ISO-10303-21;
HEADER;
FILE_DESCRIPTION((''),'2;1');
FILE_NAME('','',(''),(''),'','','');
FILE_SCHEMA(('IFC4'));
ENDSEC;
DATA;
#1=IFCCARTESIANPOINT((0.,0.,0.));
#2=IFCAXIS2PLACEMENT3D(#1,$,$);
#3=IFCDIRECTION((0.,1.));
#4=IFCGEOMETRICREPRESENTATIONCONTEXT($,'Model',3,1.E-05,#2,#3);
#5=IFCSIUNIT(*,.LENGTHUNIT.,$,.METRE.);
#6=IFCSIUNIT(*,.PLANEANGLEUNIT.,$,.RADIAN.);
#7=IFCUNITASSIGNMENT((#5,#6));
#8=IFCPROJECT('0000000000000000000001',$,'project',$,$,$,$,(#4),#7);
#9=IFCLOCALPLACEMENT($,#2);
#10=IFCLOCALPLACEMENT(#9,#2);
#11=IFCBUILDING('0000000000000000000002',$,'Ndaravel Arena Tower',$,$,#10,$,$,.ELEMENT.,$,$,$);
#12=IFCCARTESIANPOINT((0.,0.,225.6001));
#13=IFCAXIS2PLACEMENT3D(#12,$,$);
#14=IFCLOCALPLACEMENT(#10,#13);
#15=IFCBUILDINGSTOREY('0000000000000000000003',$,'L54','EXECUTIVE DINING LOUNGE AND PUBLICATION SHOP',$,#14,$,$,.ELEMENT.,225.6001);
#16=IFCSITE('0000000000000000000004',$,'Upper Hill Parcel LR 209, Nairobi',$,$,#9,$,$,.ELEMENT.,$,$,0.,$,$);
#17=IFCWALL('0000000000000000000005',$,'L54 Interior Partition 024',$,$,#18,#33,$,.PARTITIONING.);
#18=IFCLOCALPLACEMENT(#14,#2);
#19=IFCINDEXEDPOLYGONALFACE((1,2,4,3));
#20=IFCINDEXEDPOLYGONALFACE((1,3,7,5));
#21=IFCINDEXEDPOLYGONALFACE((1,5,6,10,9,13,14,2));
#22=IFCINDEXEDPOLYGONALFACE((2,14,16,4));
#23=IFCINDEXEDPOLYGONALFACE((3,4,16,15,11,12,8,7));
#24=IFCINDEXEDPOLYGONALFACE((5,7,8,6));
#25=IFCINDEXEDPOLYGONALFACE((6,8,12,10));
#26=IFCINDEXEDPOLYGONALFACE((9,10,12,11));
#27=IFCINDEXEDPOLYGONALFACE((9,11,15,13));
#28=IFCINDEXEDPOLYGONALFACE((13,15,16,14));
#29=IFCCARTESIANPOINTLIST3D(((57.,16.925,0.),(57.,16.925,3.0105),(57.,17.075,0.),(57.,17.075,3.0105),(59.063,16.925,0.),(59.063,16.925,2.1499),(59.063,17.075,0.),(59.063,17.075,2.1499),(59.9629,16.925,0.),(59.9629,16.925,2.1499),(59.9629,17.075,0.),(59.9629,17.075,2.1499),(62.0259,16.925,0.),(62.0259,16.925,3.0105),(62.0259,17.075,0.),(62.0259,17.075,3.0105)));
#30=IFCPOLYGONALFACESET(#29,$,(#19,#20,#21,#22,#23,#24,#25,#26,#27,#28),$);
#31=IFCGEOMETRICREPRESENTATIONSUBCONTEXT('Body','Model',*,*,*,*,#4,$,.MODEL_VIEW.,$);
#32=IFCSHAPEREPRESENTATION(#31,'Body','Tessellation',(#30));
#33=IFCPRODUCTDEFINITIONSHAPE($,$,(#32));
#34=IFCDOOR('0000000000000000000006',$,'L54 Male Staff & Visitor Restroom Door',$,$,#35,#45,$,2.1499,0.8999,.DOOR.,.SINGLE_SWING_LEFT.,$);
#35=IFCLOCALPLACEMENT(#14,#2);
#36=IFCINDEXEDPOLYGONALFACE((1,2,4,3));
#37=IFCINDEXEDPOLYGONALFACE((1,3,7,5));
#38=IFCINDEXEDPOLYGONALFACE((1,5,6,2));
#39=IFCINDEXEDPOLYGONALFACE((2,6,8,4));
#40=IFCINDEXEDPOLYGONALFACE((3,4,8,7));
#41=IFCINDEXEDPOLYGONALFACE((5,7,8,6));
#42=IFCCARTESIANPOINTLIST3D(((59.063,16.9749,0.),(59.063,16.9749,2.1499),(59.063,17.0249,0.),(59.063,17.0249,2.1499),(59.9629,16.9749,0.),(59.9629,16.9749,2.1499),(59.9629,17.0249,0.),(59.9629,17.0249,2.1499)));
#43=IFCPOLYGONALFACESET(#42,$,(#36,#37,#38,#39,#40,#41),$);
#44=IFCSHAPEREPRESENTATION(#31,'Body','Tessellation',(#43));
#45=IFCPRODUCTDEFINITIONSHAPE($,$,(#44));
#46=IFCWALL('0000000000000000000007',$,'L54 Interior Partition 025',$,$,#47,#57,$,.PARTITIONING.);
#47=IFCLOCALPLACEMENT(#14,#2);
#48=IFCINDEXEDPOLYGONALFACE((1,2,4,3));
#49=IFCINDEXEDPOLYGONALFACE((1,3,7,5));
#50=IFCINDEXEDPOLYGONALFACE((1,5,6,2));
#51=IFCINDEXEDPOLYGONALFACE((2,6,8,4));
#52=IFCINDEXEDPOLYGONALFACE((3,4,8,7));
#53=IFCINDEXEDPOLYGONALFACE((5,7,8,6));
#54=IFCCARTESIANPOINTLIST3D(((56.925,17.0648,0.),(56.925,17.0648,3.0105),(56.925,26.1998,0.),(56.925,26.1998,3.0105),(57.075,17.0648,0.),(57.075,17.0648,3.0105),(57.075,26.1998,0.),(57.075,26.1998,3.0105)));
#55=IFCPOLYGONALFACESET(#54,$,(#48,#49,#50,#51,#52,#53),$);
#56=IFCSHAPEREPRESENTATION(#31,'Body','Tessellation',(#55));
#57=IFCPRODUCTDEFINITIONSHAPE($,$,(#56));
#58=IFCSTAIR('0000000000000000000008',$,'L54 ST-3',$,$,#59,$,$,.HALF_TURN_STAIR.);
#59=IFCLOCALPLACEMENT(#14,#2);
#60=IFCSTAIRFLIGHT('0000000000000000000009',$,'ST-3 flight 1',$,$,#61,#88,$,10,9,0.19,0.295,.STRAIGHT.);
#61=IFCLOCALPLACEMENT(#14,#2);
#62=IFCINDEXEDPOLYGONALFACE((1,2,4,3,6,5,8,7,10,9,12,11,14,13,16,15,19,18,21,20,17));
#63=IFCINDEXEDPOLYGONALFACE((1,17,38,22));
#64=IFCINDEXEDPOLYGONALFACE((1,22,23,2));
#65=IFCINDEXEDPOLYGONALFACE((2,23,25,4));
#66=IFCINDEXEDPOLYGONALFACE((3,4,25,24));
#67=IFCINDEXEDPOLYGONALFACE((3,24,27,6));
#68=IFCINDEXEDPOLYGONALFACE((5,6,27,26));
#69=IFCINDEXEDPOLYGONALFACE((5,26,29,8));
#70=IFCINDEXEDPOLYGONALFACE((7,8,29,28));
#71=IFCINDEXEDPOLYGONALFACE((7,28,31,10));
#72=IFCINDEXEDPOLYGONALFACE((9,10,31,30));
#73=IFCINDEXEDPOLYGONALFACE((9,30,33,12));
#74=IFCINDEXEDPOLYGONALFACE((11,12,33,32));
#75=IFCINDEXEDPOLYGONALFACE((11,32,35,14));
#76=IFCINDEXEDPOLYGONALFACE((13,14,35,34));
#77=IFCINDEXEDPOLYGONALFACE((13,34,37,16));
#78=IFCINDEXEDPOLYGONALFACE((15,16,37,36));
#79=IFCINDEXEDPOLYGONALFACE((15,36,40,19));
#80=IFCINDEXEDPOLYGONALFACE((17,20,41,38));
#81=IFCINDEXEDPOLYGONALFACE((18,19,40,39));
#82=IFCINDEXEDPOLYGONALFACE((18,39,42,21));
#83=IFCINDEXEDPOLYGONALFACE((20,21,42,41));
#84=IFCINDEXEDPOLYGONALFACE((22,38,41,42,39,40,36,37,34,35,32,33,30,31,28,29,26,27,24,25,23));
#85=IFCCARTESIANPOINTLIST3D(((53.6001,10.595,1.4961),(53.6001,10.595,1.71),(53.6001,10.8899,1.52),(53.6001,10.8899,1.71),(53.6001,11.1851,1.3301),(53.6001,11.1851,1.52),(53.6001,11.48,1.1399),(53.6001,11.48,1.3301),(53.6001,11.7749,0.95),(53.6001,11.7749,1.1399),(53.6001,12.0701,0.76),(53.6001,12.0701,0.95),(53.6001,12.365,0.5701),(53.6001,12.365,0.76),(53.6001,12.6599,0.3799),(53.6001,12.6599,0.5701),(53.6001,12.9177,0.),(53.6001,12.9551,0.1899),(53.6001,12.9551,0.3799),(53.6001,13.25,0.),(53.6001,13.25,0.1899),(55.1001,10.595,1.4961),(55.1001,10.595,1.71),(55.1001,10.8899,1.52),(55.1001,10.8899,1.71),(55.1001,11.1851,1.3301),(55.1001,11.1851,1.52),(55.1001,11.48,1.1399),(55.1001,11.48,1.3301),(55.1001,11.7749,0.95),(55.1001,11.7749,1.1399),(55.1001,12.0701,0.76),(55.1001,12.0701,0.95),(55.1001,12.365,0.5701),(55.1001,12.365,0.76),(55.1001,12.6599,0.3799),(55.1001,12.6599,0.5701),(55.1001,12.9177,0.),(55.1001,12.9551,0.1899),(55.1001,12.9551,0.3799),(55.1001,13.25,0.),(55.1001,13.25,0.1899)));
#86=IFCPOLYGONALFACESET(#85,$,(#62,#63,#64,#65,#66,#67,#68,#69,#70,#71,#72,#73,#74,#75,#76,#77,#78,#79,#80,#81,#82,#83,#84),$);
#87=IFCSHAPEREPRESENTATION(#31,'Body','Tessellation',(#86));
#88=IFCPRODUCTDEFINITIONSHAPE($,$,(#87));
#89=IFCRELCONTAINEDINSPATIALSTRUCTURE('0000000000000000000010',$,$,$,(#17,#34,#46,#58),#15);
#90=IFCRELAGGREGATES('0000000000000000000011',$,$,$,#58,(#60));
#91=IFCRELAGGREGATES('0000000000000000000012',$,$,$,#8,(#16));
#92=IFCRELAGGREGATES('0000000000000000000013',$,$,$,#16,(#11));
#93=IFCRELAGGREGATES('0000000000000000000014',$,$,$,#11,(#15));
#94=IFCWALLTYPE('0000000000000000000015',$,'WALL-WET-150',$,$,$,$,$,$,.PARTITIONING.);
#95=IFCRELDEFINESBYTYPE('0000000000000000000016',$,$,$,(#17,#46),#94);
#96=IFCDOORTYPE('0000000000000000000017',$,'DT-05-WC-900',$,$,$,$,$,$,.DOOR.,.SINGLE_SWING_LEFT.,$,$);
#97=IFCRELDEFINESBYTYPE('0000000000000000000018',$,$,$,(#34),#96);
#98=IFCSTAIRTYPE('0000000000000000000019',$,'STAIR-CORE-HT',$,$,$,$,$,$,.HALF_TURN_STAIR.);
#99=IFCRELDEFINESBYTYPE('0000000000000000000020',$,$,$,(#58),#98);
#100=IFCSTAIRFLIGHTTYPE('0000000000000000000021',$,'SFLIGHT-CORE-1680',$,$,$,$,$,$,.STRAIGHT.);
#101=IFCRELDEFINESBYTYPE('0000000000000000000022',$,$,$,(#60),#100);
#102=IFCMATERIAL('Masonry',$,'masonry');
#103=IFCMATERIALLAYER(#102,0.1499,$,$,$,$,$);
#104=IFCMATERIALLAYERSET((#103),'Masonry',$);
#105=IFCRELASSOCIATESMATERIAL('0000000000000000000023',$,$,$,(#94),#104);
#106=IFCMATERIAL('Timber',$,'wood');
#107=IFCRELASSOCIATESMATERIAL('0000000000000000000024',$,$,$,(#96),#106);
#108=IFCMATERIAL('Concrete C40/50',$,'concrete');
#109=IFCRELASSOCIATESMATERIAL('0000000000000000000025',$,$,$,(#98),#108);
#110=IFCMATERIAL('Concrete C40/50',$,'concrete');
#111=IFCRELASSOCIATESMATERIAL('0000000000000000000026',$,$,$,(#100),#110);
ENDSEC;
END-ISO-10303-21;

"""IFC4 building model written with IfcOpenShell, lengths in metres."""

from ifc_helpers import new_model, si_unit, direction, frame, frame_2d, origin, place, context, subcontext, project, spatial, polyline, rectangle, outline, extrude, material, layer, layer_set, type_object, element, fill, aggregate, save


model = new_model("IFC4")

# Units and contexts
model_context = context("Model", 3, precision=1e-05, world=origin(), true_north=direction((0.0, 1.0)))
body_context = subcontext(model_context, "Body", "Model", "MODEL_VIEW")
ifc_project = project(units=[si_unit("LENGTHUNIT", "METRE"), si_unit("PLANEANGLEUNIT", "RADIAN")], contexts=[model_context])

# Site, building, storey
site_placement = place(None, origin())
site = spatial("IfcSite", under=ifc_project, at=site_placement, Name="Upper Hill Parcel LR 209, Nairobi", CompositionType="ELEMENT", RefElevation=0.0)
building_placement = place(site_placement, origin())
building = spatial("IfcBuilding", under=site, at=building_placement, Name="Ndaravel Arena Tower", CompositionType="ELEMENT")
storey_placement = place(building_placement, frame((0.0, 0.0, 225.6001)))
storey = spatial("IfcBuildingStorey", under=building, at=storey_placement, Name="L54", Description="EXECUTIVE DINING LOUNGE AND PUBLICATION SHOP", CompositionType="ELEMENT", Elevation=225.6001)

# Wall, opening, door
ifc_material_1 = material(Name="Masonry", Category="masonry")
ifc_layer_1 = layer(ifc_material_1, 0.1499)
ifc_layer_set_1 = layer_set([ifc_layer_1], Name="Masonry")
wall_type_1 = type_object("IfcWallType", Name="WALL-WET-150", PredefinedType="PARTITIONING", material=ifc_layer_set_1)
wall_1_placement = place(storey_placement, frame((57.0, 17.0, 0.0), z_axis=(0.0, 0.0, 1.0), x_axis=(1.0, 0.0, 0.0)))
wall_1 = element("IfcWall", 1, at=wall_1_placement, inside=storey, type_object=wall_type_1, Name="L54 Interior Partition 024", PredefinedType="PARTITIONING", context=body_context, shape_type="SweptSolid", body=[
    extrude(rectangle(XDim=5.0259, YDim=0.1499, at=frame_2d((2.5129, 0.0))), origin(), (0.0, 0.0, 1.0), 3.0105),
])
opening_1_placement = place(wall_1_placement, frame((2.063, 0.0, 0.0)))
opening_1 = element("IfcOpeningElement", 2, at=opening_1_placement, cuts=wall_1, PredefinedType="OPENING", context=body_context, shape_type="SweptSolid", body=[
    extrude(rectangle(XDim=0.8999, YDim=2.1499, at=frame_2d((0.45, 1.075))), frame((0.0, 0.075, 0.0), z_axis=(0.0, -1.0, 0.0), x_axis=(1.0, 0.0, 0.0)), (0.0, 0.0, 1.0), 0.1499),
])
ifc_material_2 = material(Name="Timber", Category="wood")
door_type_1 = type_object("IfcDoorType", Name="DT-05-WC-900", OperationType="SINGLE_SWING_LEFT", PredefinedType="DOOR", material=ifc_material_2)
door_1_placement = place(opening_1_placement, origin())
door_1 = element("IfcDoor", 3, at=door_1_placement, inside=storey, type_object=door_type_1, Name="L54 Male Staff & Visitor Restroom Door", OperationType="SINGLE_SWING_LEFT", OverallHeight=2.1499, OverallWidth=0.8999, PredefinedType="DOOR", context=body_context, shape_type="SweptSolid", body=[
    extrude(rectangle(XDim=0.8999, YDim=2.1499, at=frame_2d((0.45, 1.075))), frame((0.0, 0.0249, 0.0), z_axis=(0.0, -1.0, 0.0), x_axis=(1.0, 0.0, 0.0)), (0.0, 0.0, 1.0), 0.05),
])
fill(opening_1, door_1)

# Wall
wall_2_placement = place(storey_placement, frame((57.0, 17.0649, 0.0), z_axis=(0.0, 0.0, 1.0), x_axis=(0.0, 1.0, 0.0)))
element("IfcWall", 4, at=wall_2_placement, inside=storey, type_object=wall_type_1, Name="L54 Interior Partition 025", PredefinedType="PARTITIONING", context=body_context, shape_type="SweptSolid", body=[
    extrude(rectangle(XDim=9.135, YDim=0.1499, at=frame_2d((4.5674, 0.0))), origin(), (0.0, 0.0, 1.0), 3.0105),
])

# Stair, stair flight
ifc_material_3 = material(Name="Concrete C40/50", Category="concrete")
stair_type = type_object("IfcStairType", Name="STAIR-CORE-HT", PredefinedType="HALF_TURN_STAIR", material=ifc_material_3)
stair_placement = place(storey_placement, origin())
stair = element("IfcStair", 5, at=stair_placement, inside=storey, type_object=stair_type, Name="L54 ST-3", PredefinedType="HALF_TURN_STAIR")
ifc_material_4 = material(Name="Concrete C40/50", Category="concrete")
stair_flight_type = type_object("IfcStairFlightType", Name="SFLIGHT-CORE-1680", PredefinedType="STRAIGHT", material=ifc_material_4)
stair_flight_placement = place(storey_placement, frame((54.3501, 13.25, 0.0), z_axis=(0.0, 0.0, 1.0), x_axis=(0.0, -1.0, 0.0)))
stair_flight = element("IfcStairFlight", 6, at=stair_flight_placement, type_object=stair_flight_type, Name="ST-3 flight 1", NumberOfRisers=10, NumberOfTreads=9, PredefinedType="STRAIGHT", RiserHeight=0.19, TreadLength=0.295, context=body_context, shape_type="SweptSolid", body=[
    extrude(outline(polyline([(0.0, 0.0), (0.0, 0.1899), (0.2949, 0.1899), (0.2949, 0.3799), (0.5901, 0.3799), (0.5901, 0.5701), (0.885, 0.5701), (0.885, 0.76), (1.1799, 0.76), (1.1799, 0.95), (1.4751, 0.95), (1.4751, 1.1399), (1.77, 1.1399), (1.77, 1.3301), (2.0649, 1.3301), (2.0649, 1.52), (2.3601, 1.52), (2.3601, 1.71), (2.655, 1.71), (2.655, 1.8999), (2.655, 1.4961), (0.3323, 0.0), (0.0, 0.0)])), frame((0.0, 0.75, 0.0), z_axis=(0.0, -1.0, 0.0), x_axis=(1.0, 0.0, 0.0)), (0.0, 0.0, 1.0), 1.5),
])
aggregate(stair, [stair_flight])

save(model, "model.ifc")
